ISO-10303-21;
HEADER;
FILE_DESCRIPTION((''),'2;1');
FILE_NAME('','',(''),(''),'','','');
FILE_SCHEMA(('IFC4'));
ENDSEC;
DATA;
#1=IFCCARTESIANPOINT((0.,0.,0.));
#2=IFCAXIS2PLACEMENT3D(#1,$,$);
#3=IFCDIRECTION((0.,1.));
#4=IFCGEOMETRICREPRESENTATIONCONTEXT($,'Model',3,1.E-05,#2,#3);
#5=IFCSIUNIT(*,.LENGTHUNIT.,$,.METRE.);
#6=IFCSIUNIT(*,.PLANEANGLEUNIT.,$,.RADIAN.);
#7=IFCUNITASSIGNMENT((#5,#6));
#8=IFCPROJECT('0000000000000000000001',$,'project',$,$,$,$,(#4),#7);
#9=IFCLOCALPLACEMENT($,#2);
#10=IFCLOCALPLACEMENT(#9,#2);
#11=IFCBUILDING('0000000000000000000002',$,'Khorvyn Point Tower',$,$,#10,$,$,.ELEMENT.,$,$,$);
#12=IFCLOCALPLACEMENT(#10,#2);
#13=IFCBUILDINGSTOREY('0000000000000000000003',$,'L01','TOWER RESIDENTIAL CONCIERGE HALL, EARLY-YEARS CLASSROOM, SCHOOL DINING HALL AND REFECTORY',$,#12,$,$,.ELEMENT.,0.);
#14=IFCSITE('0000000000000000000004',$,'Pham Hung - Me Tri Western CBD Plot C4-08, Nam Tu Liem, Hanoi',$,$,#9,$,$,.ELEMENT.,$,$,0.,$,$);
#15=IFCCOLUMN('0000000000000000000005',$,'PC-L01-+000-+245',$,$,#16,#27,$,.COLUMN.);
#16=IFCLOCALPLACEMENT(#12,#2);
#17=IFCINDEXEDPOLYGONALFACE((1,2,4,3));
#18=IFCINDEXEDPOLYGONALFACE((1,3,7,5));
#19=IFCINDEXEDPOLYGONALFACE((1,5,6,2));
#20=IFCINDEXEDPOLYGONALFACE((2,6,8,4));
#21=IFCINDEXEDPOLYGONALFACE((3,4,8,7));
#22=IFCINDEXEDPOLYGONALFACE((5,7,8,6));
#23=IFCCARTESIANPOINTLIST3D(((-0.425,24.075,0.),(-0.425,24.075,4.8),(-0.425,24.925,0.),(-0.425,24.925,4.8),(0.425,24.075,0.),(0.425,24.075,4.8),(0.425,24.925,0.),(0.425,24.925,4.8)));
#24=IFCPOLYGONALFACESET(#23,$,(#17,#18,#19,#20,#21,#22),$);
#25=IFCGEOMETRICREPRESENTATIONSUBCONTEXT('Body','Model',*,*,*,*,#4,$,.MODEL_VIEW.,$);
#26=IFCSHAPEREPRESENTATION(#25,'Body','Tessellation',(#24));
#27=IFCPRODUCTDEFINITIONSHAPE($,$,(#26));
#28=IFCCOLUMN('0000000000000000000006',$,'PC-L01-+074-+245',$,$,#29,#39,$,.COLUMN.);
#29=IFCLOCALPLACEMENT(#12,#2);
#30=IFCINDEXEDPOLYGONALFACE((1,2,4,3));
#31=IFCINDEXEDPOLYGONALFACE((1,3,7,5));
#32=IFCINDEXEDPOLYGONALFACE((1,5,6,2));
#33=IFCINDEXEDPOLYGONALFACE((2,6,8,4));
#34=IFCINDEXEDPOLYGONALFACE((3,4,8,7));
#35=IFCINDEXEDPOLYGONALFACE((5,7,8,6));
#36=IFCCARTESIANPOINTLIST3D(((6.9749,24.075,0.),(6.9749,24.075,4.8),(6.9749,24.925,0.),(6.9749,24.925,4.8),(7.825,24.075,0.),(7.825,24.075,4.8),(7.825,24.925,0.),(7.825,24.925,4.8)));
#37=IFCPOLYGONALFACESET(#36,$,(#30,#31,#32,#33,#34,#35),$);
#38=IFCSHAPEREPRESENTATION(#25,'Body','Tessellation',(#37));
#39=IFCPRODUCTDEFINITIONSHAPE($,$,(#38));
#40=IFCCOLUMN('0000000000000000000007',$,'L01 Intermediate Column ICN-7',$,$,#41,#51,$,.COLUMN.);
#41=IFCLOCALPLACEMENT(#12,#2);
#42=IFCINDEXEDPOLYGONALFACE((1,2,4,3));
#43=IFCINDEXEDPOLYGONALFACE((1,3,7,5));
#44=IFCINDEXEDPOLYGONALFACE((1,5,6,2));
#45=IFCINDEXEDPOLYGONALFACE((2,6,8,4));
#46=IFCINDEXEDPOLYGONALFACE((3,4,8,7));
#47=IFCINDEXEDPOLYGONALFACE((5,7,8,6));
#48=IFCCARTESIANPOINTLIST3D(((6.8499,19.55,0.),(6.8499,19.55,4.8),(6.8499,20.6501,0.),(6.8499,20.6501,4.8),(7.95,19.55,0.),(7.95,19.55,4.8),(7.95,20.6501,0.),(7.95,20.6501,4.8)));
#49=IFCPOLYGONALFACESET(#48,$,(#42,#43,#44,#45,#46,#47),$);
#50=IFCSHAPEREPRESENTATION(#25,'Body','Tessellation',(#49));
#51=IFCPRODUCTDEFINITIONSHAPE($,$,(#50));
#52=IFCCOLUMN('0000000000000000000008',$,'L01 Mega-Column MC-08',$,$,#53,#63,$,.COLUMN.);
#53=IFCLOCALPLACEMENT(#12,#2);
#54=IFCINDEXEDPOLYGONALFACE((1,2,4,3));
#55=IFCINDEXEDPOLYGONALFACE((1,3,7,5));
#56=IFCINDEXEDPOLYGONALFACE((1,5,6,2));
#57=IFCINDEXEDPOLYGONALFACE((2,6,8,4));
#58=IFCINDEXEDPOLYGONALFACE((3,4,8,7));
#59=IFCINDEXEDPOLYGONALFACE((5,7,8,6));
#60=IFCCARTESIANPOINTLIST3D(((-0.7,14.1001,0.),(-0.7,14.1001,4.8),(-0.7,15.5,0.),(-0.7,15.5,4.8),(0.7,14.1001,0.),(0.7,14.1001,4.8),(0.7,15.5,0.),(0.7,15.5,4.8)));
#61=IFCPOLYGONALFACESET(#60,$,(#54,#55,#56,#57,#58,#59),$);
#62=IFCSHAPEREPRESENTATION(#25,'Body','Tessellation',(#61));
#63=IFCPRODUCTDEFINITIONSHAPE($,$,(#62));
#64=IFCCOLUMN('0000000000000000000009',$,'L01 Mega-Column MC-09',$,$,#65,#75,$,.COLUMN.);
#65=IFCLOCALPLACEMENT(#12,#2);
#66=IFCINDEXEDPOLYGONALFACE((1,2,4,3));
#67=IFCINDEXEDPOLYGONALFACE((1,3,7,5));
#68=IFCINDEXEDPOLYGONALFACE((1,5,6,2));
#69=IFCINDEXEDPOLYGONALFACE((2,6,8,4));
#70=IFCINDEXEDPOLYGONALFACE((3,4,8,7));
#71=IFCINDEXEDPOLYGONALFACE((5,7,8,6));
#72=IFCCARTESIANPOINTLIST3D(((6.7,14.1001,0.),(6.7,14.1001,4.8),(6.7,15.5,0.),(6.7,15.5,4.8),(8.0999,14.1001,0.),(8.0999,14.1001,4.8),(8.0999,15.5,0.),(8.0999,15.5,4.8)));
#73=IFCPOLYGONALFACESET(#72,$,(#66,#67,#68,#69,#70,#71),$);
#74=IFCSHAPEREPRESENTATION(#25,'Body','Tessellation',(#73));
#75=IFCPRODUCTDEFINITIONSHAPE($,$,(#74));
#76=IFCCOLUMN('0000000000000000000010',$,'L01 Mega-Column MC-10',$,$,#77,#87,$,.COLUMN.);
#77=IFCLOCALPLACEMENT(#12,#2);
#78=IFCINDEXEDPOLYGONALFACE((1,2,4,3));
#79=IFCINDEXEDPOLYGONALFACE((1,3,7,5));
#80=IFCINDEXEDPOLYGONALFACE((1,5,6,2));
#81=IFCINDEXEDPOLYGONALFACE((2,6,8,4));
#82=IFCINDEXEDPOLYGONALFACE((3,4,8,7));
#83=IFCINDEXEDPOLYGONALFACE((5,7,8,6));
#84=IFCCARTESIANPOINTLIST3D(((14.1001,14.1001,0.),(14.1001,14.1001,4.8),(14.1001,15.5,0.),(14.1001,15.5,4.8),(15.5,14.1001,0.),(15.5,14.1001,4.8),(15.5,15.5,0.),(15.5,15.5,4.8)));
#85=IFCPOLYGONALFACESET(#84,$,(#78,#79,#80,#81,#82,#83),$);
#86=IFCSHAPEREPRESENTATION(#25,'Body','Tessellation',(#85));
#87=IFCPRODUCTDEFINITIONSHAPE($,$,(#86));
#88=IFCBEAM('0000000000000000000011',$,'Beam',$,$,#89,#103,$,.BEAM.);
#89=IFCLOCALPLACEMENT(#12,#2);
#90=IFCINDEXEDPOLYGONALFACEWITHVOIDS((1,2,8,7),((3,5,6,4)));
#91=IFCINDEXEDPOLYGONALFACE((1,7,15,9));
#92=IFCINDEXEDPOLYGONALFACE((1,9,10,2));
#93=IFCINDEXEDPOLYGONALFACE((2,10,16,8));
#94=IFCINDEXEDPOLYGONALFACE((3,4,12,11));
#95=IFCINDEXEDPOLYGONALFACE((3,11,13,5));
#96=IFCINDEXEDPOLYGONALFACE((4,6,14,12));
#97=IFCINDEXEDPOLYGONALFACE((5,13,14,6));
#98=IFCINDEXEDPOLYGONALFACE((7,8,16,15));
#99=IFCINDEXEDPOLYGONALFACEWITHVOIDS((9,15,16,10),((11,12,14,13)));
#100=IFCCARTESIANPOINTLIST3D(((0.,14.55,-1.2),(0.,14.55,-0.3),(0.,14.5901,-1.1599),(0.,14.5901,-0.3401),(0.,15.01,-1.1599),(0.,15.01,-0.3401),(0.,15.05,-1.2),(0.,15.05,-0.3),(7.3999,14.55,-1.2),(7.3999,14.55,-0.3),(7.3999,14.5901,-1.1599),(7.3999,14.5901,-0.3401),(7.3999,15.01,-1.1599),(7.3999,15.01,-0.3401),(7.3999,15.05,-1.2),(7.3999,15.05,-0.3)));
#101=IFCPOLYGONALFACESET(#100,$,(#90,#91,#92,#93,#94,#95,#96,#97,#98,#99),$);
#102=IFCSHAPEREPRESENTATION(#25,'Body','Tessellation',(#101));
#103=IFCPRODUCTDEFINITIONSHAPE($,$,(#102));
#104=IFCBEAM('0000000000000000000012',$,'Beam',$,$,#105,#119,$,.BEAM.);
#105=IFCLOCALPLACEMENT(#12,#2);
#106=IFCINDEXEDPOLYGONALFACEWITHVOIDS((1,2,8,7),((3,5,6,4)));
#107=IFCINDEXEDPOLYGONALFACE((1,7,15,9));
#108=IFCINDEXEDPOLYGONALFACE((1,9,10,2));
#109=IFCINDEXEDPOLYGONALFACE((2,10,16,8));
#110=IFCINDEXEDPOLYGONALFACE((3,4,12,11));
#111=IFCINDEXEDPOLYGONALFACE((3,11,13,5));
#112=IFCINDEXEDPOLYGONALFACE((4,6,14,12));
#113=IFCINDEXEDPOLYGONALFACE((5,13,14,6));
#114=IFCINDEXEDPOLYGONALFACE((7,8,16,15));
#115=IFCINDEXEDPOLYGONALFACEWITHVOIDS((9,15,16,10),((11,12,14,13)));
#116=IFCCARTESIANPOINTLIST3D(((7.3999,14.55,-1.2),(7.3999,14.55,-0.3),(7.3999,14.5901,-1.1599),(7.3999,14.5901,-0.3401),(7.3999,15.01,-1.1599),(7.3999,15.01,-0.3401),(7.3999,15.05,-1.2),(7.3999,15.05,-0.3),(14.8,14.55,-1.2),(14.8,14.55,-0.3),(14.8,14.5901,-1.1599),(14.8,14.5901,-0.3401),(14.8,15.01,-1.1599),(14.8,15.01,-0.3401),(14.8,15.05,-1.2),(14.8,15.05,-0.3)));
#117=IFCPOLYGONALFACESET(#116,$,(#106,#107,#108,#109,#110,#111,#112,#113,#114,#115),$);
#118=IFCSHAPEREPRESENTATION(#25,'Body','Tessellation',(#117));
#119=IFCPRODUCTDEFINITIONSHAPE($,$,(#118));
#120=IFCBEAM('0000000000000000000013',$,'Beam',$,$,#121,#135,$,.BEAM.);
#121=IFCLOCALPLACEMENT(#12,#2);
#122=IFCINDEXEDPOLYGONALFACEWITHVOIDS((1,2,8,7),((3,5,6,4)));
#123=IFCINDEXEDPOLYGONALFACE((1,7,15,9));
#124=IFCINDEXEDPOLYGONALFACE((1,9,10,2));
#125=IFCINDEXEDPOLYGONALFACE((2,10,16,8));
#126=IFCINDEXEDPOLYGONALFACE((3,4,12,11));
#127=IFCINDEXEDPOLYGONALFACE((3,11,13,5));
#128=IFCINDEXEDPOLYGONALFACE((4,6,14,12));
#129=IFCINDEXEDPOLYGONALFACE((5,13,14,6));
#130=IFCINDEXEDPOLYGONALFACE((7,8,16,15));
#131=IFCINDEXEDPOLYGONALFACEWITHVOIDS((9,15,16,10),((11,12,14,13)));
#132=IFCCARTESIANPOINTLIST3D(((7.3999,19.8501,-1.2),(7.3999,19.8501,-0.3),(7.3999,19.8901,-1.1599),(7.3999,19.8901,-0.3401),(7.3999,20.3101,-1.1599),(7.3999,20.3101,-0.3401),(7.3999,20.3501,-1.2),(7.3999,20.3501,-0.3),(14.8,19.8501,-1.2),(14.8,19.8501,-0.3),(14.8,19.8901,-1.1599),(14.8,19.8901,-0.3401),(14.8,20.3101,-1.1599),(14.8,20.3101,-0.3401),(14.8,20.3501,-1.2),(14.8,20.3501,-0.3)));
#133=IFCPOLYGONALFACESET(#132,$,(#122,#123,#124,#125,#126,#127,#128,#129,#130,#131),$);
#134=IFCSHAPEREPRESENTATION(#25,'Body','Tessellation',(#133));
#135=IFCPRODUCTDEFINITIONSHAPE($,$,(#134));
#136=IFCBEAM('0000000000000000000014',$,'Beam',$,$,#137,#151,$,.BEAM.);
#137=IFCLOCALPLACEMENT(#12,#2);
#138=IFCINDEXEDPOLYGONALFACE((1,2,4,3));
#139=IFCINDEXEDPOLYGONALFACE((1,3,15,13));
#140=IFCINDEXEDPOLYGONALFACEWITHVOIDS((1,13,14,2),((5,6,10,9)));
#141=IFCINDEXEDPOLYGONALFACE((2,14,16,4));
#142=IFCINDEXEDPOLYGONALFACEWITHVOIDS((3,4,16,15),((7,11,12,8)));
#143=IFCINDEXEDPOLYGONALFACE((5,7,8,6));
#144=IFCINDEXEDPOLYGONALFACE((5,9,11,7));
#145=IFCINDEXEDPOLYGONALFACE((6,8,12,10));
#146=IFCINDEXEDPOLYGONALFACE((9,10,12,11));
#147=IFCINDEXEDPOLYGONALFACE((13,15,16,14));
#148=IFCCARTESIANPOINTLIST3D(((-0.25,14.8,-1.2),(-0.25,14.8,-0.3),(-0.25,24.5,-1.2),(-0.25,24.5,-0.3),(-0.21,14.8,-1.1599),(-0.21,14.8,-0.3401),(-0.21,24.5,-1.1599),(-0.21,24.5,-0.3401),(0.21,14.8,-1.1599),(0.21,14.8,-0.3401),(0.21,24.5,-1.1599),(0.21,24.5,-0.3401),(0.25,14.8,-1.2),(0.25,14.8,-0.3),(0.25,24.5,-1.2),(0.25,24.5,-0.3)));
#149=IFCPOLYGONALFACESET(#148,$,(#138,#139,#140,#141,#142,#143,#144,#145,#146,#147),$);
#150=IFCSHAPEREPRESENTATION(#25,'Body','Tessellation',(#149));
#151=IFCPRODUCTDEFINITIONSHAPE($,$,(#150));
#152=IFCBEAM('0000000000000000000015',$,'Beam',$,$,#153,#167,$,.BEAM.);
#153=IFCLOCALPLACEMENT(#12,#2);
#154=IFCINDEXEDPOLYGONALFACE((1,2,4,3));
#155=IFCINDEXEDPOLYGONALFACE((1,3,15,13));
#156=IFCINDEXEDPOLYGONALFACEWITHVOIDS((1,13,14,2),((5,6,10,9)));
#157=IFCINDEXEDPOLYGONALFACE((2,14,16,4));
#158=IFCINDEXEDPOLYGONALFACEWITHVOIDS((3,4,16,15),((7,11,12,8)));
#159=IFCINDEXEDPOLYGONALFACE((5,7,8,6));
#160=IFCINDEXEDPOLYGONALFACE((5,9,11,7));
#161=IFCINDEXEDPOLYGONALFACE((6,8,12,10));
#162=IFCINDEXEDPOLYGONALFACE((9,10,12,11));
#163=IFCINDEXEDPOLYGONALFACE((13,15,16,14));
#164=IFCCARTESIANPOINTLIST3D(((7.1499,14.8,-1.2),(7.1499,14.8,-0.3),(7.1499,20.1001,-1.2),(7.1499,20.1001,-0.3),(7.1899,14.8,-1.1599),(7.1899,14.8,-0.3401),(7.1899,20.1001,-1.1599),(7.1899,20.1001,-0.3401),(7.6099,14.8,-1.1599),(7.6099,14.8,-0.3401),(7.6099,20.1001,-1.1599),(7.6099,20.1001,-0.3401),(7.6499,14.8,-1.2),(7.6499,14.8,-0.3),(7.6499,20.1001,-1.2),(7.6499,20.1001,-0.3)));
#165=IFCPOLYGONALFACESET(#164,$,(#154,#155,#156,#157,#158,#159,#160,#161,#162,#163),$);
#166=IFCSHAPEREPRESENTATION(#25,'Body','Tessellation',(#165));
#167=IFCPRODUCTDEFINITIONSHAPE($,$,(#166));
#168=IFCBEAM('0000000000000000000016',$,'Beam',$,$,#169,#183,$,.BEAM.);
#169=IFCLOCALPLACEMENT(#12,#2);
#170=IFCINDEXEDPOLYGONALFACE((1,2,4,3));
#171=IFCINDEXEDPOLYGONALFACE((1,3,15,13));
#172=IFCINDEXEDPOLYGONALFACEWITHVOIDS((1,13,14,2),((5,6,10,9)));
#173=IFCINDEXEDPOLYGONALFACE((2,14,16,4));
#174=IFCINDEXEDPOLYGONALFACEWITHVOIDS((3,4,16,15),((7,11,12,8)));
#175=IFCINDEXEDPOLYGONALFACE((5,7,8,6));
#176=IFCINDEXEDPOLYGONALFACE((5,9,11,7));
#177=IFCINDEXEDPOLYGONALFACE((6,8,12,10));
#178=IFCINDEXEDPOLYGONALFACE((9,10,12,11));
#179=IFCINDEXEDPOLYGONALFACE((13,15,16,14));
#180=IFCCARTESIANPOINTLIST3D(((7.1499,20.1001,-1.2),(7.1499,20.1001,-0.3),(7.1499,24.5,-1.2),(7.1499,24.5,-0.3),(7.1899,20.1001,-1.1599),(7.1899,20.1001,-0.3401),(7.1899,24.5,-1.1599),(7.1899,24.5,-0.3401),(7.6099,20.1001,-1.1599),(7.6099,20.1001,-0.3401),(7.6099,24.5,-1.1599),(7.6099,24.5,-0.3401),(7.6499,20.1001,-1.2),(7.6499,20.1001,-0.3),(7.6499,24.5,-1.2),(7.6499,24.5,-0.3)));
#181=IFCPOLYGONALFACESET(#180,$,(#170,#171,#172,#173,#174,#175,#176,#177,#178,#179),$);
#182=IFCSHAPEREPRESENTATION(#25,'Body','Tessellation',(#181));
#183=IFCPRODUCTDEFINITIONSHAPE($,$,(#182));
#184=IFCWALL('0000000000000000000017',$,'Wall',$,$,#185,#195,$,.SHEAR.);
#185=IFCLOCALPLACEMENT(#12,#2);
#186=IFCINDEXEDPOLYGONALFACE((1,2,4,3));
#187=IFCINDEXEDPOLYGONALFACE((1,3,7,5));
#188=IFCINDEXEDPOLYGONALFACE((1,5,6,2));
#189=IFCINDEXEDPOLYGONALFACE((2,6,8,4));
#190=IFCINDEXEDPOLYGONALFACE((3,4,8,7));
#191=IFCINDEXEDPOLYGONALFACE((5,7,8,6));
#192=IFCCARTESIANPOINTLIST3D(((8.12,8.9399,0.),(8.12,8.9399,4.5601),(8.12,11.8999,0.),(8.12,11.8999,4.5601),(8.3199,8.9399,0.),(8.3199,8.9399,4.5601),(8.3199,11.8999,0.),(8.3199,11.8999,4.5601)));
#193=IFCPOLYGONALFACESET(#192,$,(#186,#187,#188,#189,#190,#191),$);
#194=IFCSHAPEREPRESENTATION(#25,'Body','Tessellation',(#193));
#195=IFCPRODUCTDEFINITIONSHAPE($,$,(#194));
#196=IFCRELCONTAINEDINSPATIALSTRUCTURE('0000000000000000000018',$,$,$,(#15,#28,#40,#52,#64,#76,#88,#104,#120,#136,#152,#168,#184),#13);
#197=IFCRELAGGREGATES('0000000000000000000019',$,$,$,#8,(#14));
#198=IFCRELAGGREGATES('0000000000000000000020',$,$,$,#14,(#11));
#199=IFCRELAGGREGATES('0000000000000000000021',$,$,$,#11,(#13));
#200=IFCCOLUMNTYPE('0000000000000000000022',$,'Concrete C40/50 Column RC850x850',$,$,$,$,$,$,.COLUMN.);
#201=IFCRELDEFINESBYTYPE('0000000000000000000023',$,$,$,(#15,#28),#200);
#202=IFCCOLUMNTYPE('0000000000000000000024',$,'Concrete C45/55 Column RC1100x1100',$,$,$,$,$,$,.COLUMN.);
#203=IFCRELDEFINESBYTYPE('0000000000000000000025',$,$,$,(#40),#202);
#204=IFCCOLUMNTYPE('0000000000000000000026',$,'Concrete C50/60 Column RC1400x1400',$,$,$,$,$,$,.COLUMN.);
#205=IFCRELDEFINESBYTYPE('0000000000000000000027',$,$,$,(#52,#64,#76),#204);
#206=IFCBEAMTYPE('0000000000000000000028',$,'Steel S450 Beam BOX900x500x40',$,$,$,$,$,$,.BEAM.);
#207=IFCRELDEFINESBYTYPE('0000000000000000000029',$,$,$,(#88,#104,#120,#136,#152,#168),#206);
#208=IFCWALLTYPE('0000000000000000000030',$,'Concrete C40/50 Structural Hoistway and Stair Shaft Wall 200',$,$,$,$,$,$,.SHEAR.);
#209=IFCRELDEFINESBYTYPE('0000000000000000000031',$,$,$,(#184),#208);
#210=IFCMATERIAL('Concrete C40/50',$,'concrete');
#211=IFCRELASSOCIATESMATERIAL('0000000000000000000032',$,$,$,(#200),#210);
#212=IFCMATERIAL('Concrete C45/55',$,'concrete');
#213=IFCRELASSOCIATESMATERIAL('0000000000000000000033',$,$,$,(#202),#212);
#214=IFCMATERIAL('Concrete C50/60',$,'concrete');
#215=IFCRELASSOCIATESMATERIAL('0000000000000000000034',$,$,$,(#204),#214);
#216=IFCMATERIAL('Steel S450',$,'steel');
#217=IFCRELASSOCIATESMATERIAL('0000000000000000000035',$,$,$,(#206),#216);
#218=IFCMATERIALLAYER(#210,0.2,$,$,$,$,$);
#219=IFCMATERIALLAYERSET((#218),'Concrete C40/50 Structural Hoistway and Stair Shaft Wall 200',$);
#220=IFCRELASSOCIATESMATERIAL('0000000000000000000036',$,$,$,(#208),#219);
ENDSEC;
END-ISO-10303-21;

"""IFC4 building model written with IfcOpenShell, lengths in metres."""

from ifc_helpers import new_model, si_unit, direction, frame, frame_2d, origin, origin_2d, place, context, subcontext, project, spatial, rectangle, hollow_rectangle, extrude, material, layer, layer_set, material_profile, profile_set, type_object, element, save


model = new_model("IFC4")

# Units and contexts
model_context = context("Model", 3, precision=1e-05, world=origin(), true_north=direction((0.0, 1.0)))
body_context = subcontext(model_context, "Body", "Model", "MODEL_VIEW")
ifc_project = project(units=[si_unit("LENGTHUNIT", "METRE"), si_unit("PLANEANGLEUNIT", "RADIAN")], contexts=[model_context])

# Site, building, storey
site_placement = place(None, origin())
site = spatial("IfcSite", under=ifc_project, at=site_placement, Name="Pham Hung - Me Tri Western CBD Plot C4-08, Nam Tu Liem, Hanoi", CompositionType="ELEMENT", RefElevation=0.0)
building_placement = place(site_placement, origin())
building = spatial("IfcBuilding", under=site, at=building_placement, Name="Khorvyn Point Tower", CompositionType="ELEMENT")
storey_placement = place(building_placement, origin())
storey = spatial("IfcBuildingStorey", under=building, at=storey_placement, Name="L01", Description="TOWER RESIDENTIAL CONCIERGE HALL, EARLY-YEARS CLASSROOM, SCHOOL DINING HALL AND REFECTORY", CompositionType="ELEMENT", Elevation=0.0)

# Columns
ifc_material_1 = material(Name="Concrete C40/50", Category="concrete")
ifc_material_profile_1 = material_profile(ifc_material_1, rectangle(XDim=0.8501, YDim=0.8501, at=origin_2d()))
ifc_profile_set_1 = profile_set([ifc_material_profile_1], Name="Concrete C40/50 RC850x850")
column_type_1 = type_object("IfcColumnType", Name="Concrete C40/50 Column RC850x850", PredefinedType="COLUMN", material=ifc_profile_set_1)
for number, where, z_axis, x_axis, name in (
    (1, (0.0, 24.5, 0.0), (0.0, 0.0, 1.0), (1.0, 0.0, 0.0), "PC-L01-+000-+245"),
    (2, (7.3999, 24.5, 0.0), (0.0, 0.0, 1.0), (1.0, 0.0, 0.0), "PC-L01-+074-+245"),
):
    element("IfcColumn", number, at=place(storey_placement, frame(where, z_axis=z_axis, x_axis=x_axis)), inside=storey, type_object=column_type_1, Name=name, PredefinedType="COLUMN", context=body_context, shape_type="SweptSolid", body=[
        extrude(rectangle(XDim=0.8501, YDim=0.8501, at=origin_2d()), origin(), (0.0, 0.0, 1.0), 4.8),
    ])
ifc_material_2 = material(Name="Concrete C45/55", Category="concrete")
ifc_material_profile_2 = material_profile(ifc_material_2, rectangle(XDim=1.1001, YDim=1.1001, at=origin_2d()))
ifc_profile_set_2 = profile_set([ifc_material_profile_2], Name="Concrete C45/55 RC1100x1100")
column_type_2 = type_object("IfcColumnType", Name="Concrete C45/55 Column RC1100x1100", PredefinedType="COLUMN", material=ifc_profile_set_2)
column_placement = place(storey_placement, frame((7.3999, 20.1001, 0.0), z_axis=(0.0, 0.0, 1.0), x_axis=(1.0, 0.0, 0.0)))
element("IfcColumn", 3, at=column_placement, inside=storey, type_object=column_type_2, Name="L01 Intermediate Column ICN-7", PredefinedType="COLUMN", context=body_context, shape_type="SweptSolid", body=[
    extrude(rectangle(XDim=1.1001, YDim=1.1001, at=origin_2d()), origin(), (0.0, 0.0, 1.0), 4.8),
])
ifc_material_3 = material(Name="Concrete C50/60", Category="concrete")
ifc_material_profile_3 = material_profile(ifc_material_3, rectangle(XDim=1.3999, YDim=1.3999, at=origin_2d()))
ifc_profile_set_3 = profile_set([ifc_material_profile_3], Name="Concrete C50/60 RC1400x1400")
column_type_3 = type_object("IfcColumnType", Name="Concrete C50/60 Column RC1400x1400", PredefinedType="COLUMN", material=ifc_profile_set_3)
for number, where, z_axis, x_axis, name in (
    (4, (0.0, 14.8, 0.0), (0.0, 0.0, 1.0), (1.0, 0.0, 0.0), "L01 Mega-Column MC-08"),
    (5, (7.3999, 14.8, 0.0), (0.0, 0.0, 1.0), (1.0, 0.0, 0.0), "L01 Mega-Column MC-09"),
    (6, (14.8, 14.8, 0.0), (0.0, 0.0, 1.0), (1.0, 0.0, 0.0), "L01 Mega-Column MC-10"),
):
    element("IfcColumn", number, at=place(storey_placement, frame(where, z_axis=z_axis, x_axis=x_axis)), inside=storey, type_object=column_type_3, Name=name, PredefinedType="COLUMN", context=body_context, shape_type="SweptSolid", body=[
        extrude(rectangle(XDim=1.3999, YDim=1.3999, at=origin_2d()), origin(), (0.0, 0.0, 1.0), 4.8),
    ])

# Beams
ifc_material_4 = material(Name="Steel S450", Category="steel")
ifc_material_profile_4 = material_profile(ifc_material_4, hollow_rectangle(XDim=0.5, YDim=0.8999, WallThickness=0.04, at=origin_2d()))
ifc_profile_set_4 = profile_set([ifc_material_profile_4], Name="Steel S450 BOX900x500x40")
beam_type = type_object("IfcBeamType", Name="Steel S450 Beam BOX900x500x40", PredefinedType="BEAM", material=ifc_profile_set_4)
beam_1_placement = place(storey_placement, frame((0.0, 14.8, -0.75), z_axis=(1.0, 0.0, 0.0), x_axis=(0.0, 1.0, 0.0)))
element("IfcBeam", 7, at=beam_1_placement, inside=storey, type_object=beam_type, Name="Beam", PredefinedType="BEAM", context=body_context, shape_type="SweptSolid", body=[
    extrude(hollow_rectangle(XDim=0.5, YDim=0.8999, WallThickness=0.04, at=origin_2d()), origin(), (0.0, 0.0, 1.0), 7.3999),
])
for number, where, z_axis, x_axis, name in (
    (8, (7.3999, 14.8, -0.75), (1.0, 0.0, 0.0), (0.0, 1.0, 0.0), "Beam"),
    (9, (7.3999, 20.1001, -0.75), (1.0, 0.0, 0.0), (0.0, 1.0, 0.0), "Beam"),
):
    element("IfcBeam", number, at=place(storey_placement, frame(where, z_axis=z_axis, x_axis=x_axis)), inside=storey, type_object=beam_type, Name=name, PredefinedType="BEAM", context=body_context, shape_type="SweptSolid", body=[
        extrude(hollow_rectangle(XDim=0.5, YDim=0.8999, WallThickness=0.04, at=origin_2d()), origin(), (0.0, 0.0, 1.0), 7.4001),
    ])
beam_2_placement = place(storey_placement, frame((0.0, 14.8, -0.75), z_axis=(0.0, 1.0, 0.0), x_axis=(-1.0, 0.0, 0.0)))
element("IfcBeam", 10, at=beam_2_placement, inside=storey, type_object=beam_type, Name="Beam", PredefinedType="BEAM", context=body_context, shape_type="SweptSolid", body=[
    extrude(hollow_rectangle(XDim=0.5, YDim=0.8999, WallThickness=0.04, at=origin_2d()), origin(), (0.0, 0.0, 1.0), 9.7),
])
beam_3_placement = place(storey_placement, frame((7.3999, 14.8, -0.75), z_axis=(0.0, 1.0, 0.0), x_axis=(-1.0, 0.0, 0.0)))
element("IfcBeam", 11, at=beam_3_placement, inside=storey, type_object=beam_type, Name="Beam", PredefinedType="BEAM", context=body_context, shape_type="SweptSolid", body=[
    extrude(hollow_rectangle(XDim=0.5, YDim=0.8999, WallThickness=0.04, at=origin_2d()), origin(), (0.0, 0.0, 1.0), 5.3),
])
beam_4_placement = place(storey_placement, frame((7.3999, 20.1001, -0.75), z_axis=(0.0, 1.0, 0.0), x_axis=(-1.0, 0.0, 0.0)))
element("IfcBeam", 12, at=beam_4_placement, inside=storey, type_object=beam_type, Name="Beam", PredefinedType="BEAM", context=body_context, shape_type="SweptSolid", body=[
    extrude(hollow_rectangle(XDim=0.5, YDim=0.8999, WallThickness=0.04, at=origin_2d()), origin(), (0.0, 0.0, 1.0), 4.3999),
])

# Wall
ifc_layer_1 = layer(ifc_material_1, 0.2)
ifc_layer_set_1 = layer_set([ifc_layer_1], Name="Concrete C40/50 Structural Hoistway and Stair Shaft Wall 200")
wall_type_1 = type_object("IfcWallType", Name="Concrete C40/50 Structural Hoistway and Stair Shaft Wall 200", PredefinedType="SHEAR", material=ifc_layer_set_1)
for number, where, z_axis, x_axis, name in (
    (13, (8.22, 8.9399, 0.0), (0.0, 0.0, 1.0), (0.0, 1.0, 0.0), "Wall"),
):
    element("IfcWall", number, at=place(storey_placement, frame(where, z_axis=z_axis, x_axis=x_axis)), inside=storey, type_object=wall_type_1, Name=name, PredefinedType="SHEAR", context=body_context, shape_type="SweptSolid", body=[
        extrude(rectangle(XDim=2.96, YDim=0.2, at=frame_2d((1.48, 0.0))), origin(), (0.0, 0.0, 1.0), 4.5601),
    ])

save(model, "model.ifc")
